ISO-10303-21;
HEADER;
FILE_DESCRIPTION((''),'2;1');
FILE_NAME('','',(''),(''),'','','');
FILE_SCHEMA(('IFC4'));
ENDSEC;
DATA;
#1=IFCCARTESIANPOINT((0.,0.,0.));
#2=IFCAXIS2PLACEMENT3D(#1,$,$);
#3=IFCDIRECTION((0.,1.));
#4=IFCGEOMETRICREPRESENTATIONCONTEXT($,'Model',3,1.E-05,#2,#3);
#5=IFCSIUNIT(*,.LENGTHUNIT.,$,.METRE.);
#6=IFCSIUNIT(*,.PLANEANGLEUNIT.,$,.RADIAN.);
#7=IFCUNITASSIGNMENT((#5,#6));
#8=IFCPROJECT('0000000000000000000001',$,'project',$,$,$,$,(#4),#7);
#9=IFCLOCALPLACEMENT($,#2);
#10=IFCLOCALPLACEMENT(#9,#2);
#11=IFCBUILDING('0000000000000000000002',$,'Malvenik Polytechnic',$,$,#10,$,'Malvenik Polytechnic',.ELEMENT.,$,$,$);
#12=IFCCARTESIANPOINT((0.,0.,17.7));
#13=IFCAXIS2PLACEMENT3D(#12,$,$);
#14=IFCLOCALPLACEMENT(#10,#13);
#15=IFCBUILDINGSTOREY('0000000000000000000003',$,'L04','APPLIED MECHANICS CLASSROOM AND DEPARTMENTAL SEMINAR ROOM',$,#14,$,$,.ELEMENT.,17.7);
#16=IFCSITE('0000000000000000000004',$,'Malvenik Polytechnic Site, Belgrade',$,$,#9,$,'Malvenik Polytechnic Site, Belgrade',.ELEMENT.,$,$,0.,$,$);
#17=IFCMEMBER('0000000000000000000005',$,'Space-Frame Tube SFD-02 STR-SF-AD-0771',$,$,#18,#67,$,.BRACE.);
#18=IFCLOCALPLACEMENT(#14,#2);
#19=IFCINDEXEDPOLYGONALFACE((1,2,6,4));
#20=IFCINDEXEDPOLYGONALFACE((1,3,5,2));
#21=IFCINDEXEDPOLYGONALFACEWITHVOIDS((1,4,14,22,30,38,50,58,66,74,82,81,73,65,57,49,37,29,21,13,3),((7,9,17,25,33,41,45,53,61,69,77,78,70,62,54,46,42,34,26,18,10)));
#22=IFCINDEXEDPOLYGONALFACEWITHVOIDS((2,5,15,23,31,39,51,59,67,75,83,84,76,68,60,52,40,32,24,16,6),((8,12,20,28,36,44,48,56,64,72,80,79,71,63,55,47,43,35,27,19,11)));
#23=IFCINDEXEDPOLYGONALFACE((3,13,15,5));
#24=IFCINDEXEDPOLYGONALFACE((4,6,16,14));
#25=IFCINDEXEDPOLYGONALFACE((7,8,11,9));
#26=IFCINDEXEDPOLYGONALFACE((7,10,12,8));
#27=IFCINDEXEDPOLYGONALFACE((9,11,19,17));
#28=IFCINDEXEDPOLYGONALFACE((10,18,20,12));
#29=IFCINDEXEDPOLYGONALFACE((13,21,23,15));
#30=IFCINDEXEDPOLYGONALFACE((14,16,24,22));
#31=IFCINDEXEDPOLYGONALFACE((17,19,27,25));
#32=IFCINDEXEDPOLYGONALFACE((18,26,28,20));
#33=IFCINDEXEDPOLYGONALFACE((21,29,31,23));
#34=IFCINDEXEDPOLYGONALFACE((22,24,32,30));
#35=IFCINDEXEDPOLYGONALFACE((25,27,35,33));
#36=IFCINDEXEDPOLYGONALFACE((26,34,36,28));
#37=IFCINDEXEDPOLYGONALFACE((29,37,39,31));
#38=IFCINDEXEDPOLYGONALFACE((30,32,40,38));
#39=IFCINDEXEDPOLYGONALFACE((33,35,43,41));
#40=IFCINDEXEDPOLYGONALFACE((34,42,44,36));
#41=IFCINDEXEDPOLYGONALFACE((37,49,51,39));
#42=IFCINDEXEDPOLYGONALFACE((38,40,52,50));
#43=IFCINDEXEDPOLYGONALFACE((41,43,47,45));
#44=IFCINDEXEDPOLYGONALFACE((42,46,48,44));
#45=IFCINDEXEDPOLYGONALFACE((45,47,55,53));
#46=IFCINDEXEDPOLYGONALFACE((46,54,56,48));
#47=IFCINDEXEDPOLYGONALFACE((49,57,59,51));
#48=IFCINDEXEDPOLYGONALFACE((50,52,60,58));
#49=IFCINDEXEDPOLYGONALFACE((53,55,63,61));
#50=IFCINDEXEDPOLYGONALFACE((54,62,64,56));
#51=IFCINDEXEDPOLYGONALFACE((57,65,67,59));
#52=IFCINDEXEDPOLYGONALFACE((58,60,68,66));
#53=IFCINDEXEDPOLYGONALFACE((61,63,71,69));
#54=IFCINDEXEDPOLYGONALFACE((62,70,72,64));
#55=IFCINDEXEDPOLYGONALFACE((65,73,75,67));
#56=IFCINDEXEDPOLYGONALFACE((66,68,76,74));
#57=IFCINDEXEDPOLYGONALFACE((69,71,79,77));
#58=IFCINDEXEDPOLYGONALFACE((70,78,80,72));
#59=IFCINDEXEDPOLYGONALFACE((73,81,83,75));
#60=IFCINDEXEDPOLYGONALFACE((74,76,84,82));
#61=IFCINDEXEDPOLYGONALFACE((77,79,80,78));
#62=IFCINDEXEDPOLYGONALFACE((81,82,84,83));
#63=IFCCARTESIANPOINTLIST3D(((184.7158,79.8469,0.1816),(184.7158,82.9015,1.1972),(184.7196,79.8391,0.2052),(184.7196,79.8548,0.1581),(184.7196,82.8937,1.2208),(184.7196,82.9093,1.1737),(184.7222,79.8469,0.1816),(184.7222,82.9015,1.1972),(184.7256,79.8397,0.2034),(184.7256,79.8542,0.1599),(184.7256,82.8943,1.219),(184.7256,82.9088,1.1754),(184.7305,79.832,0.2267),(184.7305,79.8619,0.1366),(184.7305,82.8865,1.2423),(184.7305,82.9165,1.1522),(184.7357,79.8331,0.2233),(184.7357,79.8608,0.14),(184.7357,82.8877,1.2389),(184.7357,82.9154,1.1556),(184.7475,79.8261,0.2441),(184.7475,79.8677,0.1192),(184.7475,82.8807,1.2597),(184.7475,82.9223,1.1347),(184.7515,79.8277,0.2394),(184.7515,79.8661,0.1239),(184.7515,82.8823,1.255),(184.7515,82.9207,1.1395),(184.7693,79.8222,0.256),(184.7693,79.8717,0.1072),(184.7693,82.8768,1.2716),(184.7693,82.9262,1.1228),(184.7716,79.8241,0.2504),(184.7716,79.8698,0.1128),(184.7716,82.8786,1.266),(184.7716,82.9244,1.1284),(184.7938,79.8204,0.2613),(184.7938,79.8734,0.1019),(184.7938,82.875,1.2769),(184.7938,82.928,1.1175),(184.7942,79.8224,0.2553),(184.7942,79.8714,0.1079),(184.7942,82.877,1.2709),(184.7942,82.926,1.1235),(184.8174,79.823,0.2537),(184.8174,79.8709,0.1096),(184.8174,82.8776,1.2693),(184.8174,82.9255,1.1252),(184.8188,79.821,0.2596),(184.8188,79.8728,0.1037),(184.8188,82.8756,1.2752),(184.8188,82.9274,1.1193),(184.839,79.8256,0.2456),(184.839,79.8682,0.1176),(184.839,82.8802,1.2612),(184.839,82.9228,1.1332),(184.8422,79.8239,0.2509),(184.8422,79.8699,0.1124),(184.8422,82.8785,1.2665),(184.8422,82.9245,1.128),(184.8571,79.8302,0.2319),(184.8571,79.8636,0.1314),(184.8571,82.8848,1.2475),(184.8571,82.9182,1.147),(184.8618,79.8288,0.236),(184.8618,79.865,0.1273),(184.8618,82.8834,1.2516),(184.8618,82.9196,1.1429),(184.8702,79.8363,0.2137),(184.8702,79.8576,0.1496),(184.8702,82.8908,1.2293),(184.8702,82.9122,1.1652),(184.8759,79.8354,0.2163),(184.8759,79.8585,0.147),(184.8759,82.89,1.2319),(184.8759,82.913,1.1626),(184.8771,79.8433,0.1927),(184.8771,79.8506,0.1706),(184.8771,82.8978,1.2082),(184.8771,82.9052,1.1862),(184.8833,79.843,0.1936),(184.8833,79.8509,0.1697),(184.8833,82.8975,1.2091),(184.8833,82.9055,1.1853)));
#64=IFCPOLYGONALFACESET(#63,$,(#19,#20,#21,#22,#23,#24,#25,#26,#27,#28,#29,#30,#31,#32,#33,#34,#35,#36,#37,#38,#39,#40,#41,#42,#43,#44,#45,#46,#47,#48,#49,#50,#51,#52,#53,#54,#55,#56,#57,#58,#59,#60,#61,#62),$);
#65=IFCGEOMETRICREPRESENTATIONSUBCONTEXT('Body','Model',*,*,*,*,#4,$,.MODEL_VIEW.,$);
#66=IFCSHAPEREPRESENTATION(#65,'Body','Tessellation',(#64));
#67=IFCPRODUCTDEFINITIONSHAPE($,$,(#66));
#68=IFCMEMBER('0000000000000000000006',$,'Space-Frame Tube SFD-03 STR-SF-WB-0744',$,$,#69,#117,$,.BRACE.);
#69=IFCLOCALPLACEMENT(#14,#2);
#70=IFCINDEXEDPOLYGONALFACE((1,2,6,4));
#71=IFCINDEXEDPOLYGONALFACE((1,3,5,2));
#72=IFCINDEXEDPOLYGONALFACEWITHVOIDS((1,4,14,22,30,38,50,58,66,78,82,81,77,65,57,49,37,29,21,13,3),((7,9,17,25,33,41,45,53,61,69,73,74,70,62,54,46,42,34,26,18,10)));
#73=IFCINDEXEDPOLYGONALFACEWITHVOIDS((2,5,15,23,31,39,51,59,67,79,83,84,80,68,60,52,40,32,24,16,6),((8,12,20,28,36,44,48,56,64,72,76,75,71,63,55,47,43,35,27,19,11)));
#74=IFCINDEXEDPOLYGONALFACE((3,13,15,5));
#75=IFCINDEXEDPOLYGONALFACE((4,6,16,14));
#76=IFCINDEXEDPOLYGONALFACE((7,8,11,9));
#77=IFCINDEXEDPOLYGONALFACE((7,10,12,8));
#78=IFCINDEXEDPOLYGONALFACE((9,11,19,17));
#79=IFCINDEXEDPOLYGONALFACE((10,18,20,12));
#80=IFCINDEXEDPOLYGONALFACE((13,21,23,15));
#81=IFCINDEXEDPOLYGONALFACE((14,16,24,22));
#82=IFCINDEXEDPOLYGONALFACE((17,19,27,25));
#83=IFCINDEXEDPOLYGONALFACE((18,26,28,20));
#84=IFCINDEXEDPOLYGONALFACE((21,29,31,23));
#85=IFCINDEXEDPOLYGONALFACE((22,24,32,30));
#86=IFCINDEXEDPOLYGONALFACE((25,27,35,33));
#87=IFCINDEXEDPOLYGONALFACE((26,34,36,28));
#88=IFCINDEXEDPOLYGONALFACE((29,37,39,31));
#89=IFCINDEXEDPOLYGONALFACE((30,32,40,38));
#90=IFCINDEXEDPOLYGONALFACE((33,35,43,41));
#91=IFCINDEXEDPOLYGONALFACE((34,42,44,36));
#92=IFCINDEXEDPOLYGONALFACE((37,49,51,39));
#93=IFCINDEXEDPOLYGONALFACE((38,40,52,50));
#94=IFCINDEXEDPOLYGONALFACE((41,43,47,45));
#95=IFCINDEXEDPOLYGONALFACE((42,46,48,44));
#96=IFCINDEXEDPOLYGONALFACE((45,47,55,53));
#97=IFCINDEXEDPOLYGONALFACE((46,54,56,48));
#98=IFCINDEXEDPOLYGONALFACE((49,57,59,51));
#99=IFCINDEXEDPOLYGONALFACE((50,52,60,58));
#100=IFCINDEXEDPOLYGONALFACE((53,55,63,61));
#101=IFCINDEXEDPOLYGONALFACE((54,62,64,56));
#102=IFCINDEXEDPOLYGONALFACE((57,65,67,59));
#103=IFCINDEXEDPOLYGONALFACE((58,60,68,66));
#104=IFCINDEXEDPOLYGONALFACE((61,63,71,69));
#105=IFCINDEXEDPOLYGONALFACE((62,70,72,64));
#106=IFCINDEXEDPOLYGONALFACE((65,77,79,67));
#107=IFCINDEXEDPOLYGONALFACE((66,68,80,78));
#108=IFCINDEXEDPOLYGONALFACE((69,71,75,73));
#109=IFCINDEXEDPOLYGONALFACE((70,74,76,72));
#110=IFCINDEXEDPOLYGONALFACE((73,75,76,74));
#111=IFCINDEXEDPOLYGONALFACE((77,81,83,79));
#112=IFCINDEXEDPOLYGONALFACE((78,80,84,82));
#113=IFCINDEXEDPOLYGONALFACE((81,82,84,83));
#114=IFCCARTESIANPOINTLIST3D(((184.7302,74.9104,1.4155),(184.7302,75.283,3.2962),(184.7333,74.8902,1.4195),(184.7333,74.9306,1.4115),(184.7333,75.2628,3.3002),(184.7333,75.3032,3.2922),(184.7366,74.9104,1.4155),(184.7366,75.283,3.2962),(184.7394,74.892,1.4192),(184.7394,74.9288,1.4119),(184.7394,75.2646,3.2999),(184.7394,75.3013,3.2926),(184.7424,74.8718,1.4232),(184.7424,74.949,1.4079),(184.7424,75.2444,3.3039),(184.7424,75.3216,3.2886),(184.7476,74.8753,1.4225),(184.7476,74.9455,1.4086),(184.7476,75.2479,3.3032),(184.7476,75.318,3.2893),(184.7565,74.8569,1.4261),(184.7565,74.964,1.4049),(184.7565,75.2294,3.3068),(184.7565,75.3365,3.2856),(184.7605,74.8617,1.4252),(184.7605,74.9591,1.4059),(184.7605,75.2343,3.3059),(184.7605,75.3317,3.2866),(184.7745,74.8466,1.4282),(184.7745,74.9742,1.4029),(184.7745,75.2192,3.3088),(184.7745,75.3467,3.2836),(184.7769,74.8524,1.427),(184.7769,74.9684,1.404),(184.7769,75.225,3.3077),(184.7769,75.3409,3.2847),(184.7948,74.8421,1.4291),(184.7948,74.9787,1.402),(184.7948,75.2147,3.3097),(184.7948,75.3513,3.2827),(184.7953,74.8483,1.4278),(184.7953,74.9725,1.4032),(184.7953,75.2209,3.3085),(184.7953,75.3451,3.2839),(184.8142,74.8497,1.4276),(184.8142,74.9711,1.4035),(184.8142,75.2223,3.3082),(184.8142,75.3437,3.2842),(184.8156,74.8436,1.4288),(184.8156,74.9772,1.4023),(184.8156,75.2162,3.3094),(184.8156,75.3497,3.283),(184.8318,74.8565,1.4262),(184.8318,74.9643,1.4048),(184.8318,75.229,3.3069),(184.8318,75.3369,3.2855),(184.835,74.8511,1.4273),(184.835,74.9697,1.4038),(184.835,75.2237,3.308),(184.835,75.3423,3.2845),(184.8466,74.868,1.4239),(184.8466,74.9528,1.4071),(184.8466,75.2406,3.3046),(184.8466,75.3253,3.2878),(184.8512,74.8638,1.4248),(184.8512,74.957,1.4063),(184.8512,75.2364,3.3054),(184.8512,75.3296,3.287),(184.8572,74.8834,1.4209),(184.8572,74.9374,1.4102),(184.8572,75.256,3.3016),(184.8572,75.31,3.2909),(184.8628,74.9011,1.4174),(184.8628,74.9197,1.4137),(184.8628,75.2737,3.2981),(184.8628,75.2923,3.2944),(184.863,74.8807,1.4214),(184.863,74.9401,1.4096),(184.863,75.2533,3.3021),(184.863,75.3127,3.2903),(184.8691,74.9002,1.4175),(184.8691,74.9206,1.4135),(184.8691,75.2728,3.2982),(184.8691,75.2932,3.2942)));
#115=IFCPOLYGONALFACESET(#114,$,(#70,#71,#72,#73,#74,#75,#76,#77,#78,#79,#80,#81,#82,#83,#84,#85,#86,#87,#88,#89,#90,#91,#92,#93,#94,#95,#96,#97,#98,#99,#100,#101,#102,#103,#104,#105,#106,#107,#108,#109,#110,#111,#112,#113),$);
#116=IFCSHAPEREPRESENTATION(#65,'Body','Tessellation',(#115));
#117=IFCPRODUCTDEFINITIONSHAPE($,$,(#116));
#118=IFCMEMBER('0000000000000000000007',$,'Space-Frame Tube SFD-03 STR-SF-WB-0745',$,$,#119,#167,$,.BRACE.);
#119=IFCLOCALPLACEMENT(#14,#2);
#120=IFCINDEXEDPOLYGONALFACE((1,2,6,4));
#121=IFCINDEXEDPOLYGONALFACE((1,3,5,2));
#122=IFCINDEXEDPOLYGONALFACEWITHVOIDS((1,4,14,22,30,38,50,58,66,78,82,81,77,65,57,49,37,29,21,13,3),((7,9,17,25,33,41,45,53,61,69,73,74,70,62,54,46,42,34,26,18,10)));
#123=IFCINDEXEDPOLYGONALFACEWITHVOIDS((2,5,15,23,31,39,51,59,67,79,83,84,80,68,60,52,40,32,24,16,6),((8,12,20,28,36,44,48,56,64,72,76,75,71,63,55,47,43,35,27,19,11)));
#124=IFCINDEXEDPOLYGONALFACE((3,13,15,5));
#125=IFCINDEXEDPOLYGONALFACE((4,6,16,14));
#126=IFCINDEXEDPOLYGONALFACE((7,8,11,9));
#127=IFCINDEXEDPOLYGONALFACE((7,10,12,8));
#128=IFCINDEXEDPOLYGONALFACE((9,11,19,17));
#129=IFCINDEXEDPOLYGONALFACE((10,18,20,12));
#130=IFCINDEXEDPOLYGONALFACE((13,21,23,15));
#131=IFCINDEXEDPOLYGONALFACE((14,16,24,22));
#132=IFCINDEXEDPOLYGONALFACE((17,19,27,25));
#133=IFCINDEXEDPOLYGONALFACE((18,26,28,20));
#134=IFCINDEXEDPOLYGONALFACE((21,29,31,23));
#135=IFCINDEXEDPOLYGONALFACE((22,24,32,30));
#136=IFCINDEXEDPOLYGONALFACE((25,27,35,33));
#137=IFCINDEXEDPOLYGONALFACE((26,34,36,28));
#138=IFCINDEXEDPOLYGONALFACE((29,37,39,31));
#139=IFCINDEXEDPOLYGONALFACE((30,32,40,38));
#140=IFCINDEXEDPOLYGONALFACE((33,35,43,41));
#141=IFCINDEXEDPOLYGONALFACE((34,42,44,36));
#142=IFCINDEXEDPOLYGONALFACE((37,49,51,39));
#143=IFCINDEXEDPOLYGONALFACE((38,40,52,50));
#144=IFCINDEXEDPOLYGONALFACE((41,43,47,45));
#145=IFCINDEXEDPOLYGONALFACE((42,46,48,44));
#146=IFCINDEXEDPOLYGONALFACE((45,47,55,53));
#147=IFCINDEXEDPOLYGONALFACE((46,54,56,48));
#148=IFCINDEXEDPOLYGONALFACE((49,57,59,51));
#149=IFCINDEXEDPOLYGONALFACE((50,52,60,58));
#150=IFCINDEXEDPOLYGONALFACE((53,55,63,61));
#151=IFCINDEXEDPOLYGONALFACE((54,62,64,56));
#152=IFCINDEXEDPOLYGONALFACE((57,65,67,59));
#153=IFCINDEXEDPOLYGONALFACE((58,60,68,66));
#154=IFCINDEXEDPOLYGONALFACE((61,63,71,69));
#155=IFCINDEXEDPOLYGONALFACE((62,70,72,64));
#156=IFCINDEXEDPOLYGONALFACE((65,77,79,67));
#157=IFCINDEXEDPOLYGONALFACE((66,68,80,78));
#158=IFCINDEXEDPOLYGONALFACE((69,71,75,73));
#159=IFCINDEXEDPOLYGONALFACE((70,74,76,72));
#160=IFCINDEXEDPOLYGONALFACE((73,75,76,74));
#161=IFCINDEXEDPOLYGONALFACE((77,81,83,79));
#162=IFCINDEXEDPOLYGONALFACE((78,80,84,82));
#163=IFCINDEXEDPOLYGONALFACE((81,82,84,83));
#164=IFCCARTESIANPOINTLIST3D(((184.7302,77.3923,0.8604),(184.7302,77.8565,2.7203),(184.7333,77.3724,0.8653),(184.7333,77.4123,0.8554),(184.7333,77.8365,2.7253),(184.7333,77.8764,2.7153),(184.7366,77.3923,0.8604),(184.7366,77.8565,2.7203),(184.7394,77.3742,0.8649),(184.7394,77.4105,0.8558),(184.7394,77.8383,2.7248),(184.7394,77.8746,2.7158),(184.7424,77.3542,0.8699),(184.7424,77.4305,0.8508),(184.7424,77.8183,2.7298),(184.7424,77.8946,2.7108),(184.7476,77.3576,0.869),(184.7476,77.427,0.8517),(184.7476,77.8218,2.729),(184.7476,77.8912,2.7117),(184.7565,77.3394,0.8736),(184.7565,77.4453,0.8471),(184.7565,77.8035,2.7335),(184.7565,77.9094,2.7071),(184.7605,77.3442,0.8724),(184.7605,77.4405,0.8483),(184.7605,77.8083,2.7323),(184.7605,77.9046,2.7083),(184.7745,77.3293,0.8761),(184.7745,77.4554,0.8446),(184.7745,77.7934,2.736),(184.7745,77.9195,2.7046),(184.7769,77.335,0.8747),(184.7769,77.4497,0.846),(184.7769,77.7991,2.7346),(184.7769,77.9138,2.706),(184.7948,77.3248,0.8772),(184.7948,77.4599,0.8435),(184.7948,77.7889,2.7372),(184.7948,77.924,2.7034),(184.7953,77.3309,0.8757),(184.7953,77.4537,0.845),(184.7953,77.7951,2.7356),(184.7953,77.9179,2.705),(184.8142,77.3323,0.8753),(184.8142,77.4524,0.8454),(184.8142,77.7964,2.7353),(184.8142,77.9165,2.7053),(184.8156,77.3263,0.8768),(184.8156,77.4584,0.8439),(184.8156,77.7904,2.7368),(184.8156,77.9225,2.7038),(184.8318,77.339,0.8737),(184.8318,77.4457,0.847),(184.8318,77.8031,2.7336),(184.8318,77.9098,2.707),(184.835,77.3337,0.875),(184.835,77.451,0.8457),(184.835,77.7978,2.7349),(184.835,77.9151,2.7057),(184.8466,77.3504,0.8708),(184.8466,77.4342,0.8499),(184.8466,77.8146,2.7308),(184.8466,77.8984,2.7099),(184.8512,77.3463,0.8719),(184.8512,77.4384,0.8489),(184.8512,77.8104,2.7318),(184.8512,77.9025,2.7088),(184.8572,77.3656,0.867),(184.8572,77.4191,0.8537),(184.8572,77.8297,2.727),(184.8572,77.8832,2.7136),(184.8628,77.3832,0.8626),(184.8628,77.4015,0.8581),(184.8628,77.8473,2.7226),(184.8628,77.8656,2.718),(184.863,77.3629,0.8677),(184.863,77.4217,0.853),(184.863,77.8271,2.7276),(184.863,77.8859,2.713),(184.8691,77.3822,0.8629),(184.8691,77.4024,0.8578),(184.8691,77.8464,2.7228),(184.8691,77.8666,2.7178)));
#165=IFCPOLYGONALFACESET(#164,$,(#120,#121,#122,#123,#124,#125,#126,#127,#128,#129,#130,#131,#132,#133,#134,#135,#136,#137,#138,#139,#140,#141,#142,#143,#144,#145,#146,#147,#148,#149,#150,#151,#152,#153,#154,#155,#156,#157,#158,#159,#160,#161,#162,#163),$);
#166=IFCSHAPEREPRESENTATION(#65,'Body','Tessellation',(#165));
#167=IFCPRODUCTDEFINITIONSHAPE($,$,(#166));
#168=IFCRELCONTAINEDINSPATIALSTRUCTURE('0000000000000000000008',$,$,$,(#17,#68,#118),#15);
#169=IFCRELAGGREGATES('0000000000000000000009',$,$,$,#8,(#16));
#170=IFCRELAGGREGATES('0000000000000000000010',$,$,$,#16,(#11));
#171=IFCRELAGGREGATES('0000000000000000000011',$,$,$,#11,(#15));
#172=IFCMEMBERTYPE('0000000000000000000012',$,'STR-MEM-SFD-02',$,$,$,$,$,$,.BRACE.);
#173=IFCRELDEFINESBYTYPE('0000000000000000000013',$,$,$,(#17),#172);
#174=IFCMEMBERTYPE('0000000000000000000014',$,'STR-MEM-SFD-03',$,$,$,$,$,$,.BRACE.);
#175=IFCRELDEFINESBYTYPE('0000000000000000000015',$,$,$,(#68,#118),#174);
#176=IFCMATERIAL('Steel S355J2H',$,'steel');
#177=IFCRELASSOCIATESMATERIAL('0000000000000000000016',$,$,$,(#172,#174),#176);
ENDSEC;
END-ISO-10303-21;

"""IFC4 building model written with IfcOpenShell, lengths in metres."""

from ifc_helpers import new_model, si_unit, direction, frame, origin, origin_2d, place, context, subcontext, project, spatial, hollow_circle, extrude, material, material_profile, profile_set, type_object, element, save


model = new_model("IFC4")

# Units and contexts
model_context = context("Model", 3, precision=1e-05, world=origin(), true_north=direction((0.0, 1.0)))
body_context = subcontext(model_context, "Body", "Model", "MODEL_VIEW")
ifc_project = project(units=[si_unit("LENGTHUNIT", "METRE"), si_unit("PLANEANGLEUNIT", "RADIAN")], contexts=[model_context])

# Site, building, storey
site_placement = place(None, origin())
site = spatial("IfcSite", under=ifc_project, at=site_placement, Name="Malvenik Polytechnic Site, Belgrade", LongName="Malvenik Polytechnic Site, Belgrade", CompositionType="ELEMENT", RefElevation=0.0)
building_placement = place(site_placement, origin())
building = spatial("IfcBuilding", under=site, at=building_placement, Name="Malvenik Polytechnic", LongName="Malvenik Polytechnic", CompositionType="ELEMENT")
storey_placement = place(building_placement, frame((0.0, 0.0, 17.7)))
storey = spatial("IfcBuildingStorey", under=building, at=storey_placement, Name="L04", Description="APPLIED MECHANICS CLASSROOM AND DEPARTMENTAL SEMINAR ROOM", CompositionType="ELEMENT", Elevation=17.7)

# Members
ifc_material = material(Name="Steel S355J2H", Category="steel")
ifc_material_profile_1 = material_profile(ifc_material, hollow_circle(Radius=0.0842, WallThickness=0.0063, at=origin_2d()), Name="CHS 168.3x6.3")
ifc_profile_set_1 = profile_set([ifc_material_profile_1], Name="Steel S355J2H")
member_type_1 = type_object("IfcMemberType", Name="STR-MEM-SFD-02", PredefinedType="BRACE", material=ifc_profile_set_1)
for number, where, z_axis, x_axis, name in (
    (1, (184.8, 79.8469, 0.1816), (0.0, 0.948926, 0.3155), (-1.0, 0.0, 0.0), "Space-Frame Tube SFD-02 STR-SF-AD-0771"),
):
    element("IfcMember", number, at=place(storey_placement, frame(where, z_axis=z_axis, x_axis=x_axis)), inside=storey, type_object=member_type_1, Name=name, PredefinedType="BRACE", context=body_context, shape_type="SweptSolid", body=[
        extrude(hollow_circle(Radius=0.0842, WallThickness=0.0063, at=origin_2d()), origin(), (0.0, 0.0, 1.0), 3.219),
    ])
ifc_material_profile_2 = material_profile(ifc_material, hollow_circle(Radius=0.0698, WallThickness=0.0063, at=origin_2d()), Name="CHS 139.7x6.3")
ifc_profile_set_2 = profile_set([ifc_material_profile_2], Name="Steel S355J2H")
member_type_2 = type_object("IfcMemberType", Name="STR-MEM-SFD-03", PredefinedType="BRACE", material=ifc_profile_set_2)
member_1_placement = place(storey_placement, frame((184.8, 74.9104, 1.4155), z_axis=(0.0, 0.194328, 0.980937), x_axis=(-1.0, 0.0, 0.0)))
element("IfcMember", 2, at=member_1_placement, inside=storey, type_object=member_type_2, Name="Space-Frame Tube SFD-03 STR-SF-WB-0744", PredefinedType="BRACE", context=body_context, shape_type="SweptSolid", body=[
    extrude(hollow_circle(Radius=0.0698, WallThickness=0.0063, at=origin_2d()), origin(), (0.0, 0.0, 1.0), 1.9172),
])
member_2_placement = place(storey_placement, frame((184.8, 77.3923, 0.8604), z_axis=(0.0, 0.242116, 0.970247), x_axis=(-1.0, 0.0, 0.0)))
element("IfcMember", 3, at=member_2_placement, inside=storey, type_object=member_type_2, Name="Space-Frame Tube SFD-03 STR-SF-WB-0745", PredefinedType="BRACE", context=body_context, shape_type="SweptSolid", body=[
    extrude(hollow_circle(Radius=0.0698, WallThickness=0.0063, at=origin_2d()), origin(), (0.0, 0.0, 1.0), 1.917),
])

save(model, "model.ifc")
